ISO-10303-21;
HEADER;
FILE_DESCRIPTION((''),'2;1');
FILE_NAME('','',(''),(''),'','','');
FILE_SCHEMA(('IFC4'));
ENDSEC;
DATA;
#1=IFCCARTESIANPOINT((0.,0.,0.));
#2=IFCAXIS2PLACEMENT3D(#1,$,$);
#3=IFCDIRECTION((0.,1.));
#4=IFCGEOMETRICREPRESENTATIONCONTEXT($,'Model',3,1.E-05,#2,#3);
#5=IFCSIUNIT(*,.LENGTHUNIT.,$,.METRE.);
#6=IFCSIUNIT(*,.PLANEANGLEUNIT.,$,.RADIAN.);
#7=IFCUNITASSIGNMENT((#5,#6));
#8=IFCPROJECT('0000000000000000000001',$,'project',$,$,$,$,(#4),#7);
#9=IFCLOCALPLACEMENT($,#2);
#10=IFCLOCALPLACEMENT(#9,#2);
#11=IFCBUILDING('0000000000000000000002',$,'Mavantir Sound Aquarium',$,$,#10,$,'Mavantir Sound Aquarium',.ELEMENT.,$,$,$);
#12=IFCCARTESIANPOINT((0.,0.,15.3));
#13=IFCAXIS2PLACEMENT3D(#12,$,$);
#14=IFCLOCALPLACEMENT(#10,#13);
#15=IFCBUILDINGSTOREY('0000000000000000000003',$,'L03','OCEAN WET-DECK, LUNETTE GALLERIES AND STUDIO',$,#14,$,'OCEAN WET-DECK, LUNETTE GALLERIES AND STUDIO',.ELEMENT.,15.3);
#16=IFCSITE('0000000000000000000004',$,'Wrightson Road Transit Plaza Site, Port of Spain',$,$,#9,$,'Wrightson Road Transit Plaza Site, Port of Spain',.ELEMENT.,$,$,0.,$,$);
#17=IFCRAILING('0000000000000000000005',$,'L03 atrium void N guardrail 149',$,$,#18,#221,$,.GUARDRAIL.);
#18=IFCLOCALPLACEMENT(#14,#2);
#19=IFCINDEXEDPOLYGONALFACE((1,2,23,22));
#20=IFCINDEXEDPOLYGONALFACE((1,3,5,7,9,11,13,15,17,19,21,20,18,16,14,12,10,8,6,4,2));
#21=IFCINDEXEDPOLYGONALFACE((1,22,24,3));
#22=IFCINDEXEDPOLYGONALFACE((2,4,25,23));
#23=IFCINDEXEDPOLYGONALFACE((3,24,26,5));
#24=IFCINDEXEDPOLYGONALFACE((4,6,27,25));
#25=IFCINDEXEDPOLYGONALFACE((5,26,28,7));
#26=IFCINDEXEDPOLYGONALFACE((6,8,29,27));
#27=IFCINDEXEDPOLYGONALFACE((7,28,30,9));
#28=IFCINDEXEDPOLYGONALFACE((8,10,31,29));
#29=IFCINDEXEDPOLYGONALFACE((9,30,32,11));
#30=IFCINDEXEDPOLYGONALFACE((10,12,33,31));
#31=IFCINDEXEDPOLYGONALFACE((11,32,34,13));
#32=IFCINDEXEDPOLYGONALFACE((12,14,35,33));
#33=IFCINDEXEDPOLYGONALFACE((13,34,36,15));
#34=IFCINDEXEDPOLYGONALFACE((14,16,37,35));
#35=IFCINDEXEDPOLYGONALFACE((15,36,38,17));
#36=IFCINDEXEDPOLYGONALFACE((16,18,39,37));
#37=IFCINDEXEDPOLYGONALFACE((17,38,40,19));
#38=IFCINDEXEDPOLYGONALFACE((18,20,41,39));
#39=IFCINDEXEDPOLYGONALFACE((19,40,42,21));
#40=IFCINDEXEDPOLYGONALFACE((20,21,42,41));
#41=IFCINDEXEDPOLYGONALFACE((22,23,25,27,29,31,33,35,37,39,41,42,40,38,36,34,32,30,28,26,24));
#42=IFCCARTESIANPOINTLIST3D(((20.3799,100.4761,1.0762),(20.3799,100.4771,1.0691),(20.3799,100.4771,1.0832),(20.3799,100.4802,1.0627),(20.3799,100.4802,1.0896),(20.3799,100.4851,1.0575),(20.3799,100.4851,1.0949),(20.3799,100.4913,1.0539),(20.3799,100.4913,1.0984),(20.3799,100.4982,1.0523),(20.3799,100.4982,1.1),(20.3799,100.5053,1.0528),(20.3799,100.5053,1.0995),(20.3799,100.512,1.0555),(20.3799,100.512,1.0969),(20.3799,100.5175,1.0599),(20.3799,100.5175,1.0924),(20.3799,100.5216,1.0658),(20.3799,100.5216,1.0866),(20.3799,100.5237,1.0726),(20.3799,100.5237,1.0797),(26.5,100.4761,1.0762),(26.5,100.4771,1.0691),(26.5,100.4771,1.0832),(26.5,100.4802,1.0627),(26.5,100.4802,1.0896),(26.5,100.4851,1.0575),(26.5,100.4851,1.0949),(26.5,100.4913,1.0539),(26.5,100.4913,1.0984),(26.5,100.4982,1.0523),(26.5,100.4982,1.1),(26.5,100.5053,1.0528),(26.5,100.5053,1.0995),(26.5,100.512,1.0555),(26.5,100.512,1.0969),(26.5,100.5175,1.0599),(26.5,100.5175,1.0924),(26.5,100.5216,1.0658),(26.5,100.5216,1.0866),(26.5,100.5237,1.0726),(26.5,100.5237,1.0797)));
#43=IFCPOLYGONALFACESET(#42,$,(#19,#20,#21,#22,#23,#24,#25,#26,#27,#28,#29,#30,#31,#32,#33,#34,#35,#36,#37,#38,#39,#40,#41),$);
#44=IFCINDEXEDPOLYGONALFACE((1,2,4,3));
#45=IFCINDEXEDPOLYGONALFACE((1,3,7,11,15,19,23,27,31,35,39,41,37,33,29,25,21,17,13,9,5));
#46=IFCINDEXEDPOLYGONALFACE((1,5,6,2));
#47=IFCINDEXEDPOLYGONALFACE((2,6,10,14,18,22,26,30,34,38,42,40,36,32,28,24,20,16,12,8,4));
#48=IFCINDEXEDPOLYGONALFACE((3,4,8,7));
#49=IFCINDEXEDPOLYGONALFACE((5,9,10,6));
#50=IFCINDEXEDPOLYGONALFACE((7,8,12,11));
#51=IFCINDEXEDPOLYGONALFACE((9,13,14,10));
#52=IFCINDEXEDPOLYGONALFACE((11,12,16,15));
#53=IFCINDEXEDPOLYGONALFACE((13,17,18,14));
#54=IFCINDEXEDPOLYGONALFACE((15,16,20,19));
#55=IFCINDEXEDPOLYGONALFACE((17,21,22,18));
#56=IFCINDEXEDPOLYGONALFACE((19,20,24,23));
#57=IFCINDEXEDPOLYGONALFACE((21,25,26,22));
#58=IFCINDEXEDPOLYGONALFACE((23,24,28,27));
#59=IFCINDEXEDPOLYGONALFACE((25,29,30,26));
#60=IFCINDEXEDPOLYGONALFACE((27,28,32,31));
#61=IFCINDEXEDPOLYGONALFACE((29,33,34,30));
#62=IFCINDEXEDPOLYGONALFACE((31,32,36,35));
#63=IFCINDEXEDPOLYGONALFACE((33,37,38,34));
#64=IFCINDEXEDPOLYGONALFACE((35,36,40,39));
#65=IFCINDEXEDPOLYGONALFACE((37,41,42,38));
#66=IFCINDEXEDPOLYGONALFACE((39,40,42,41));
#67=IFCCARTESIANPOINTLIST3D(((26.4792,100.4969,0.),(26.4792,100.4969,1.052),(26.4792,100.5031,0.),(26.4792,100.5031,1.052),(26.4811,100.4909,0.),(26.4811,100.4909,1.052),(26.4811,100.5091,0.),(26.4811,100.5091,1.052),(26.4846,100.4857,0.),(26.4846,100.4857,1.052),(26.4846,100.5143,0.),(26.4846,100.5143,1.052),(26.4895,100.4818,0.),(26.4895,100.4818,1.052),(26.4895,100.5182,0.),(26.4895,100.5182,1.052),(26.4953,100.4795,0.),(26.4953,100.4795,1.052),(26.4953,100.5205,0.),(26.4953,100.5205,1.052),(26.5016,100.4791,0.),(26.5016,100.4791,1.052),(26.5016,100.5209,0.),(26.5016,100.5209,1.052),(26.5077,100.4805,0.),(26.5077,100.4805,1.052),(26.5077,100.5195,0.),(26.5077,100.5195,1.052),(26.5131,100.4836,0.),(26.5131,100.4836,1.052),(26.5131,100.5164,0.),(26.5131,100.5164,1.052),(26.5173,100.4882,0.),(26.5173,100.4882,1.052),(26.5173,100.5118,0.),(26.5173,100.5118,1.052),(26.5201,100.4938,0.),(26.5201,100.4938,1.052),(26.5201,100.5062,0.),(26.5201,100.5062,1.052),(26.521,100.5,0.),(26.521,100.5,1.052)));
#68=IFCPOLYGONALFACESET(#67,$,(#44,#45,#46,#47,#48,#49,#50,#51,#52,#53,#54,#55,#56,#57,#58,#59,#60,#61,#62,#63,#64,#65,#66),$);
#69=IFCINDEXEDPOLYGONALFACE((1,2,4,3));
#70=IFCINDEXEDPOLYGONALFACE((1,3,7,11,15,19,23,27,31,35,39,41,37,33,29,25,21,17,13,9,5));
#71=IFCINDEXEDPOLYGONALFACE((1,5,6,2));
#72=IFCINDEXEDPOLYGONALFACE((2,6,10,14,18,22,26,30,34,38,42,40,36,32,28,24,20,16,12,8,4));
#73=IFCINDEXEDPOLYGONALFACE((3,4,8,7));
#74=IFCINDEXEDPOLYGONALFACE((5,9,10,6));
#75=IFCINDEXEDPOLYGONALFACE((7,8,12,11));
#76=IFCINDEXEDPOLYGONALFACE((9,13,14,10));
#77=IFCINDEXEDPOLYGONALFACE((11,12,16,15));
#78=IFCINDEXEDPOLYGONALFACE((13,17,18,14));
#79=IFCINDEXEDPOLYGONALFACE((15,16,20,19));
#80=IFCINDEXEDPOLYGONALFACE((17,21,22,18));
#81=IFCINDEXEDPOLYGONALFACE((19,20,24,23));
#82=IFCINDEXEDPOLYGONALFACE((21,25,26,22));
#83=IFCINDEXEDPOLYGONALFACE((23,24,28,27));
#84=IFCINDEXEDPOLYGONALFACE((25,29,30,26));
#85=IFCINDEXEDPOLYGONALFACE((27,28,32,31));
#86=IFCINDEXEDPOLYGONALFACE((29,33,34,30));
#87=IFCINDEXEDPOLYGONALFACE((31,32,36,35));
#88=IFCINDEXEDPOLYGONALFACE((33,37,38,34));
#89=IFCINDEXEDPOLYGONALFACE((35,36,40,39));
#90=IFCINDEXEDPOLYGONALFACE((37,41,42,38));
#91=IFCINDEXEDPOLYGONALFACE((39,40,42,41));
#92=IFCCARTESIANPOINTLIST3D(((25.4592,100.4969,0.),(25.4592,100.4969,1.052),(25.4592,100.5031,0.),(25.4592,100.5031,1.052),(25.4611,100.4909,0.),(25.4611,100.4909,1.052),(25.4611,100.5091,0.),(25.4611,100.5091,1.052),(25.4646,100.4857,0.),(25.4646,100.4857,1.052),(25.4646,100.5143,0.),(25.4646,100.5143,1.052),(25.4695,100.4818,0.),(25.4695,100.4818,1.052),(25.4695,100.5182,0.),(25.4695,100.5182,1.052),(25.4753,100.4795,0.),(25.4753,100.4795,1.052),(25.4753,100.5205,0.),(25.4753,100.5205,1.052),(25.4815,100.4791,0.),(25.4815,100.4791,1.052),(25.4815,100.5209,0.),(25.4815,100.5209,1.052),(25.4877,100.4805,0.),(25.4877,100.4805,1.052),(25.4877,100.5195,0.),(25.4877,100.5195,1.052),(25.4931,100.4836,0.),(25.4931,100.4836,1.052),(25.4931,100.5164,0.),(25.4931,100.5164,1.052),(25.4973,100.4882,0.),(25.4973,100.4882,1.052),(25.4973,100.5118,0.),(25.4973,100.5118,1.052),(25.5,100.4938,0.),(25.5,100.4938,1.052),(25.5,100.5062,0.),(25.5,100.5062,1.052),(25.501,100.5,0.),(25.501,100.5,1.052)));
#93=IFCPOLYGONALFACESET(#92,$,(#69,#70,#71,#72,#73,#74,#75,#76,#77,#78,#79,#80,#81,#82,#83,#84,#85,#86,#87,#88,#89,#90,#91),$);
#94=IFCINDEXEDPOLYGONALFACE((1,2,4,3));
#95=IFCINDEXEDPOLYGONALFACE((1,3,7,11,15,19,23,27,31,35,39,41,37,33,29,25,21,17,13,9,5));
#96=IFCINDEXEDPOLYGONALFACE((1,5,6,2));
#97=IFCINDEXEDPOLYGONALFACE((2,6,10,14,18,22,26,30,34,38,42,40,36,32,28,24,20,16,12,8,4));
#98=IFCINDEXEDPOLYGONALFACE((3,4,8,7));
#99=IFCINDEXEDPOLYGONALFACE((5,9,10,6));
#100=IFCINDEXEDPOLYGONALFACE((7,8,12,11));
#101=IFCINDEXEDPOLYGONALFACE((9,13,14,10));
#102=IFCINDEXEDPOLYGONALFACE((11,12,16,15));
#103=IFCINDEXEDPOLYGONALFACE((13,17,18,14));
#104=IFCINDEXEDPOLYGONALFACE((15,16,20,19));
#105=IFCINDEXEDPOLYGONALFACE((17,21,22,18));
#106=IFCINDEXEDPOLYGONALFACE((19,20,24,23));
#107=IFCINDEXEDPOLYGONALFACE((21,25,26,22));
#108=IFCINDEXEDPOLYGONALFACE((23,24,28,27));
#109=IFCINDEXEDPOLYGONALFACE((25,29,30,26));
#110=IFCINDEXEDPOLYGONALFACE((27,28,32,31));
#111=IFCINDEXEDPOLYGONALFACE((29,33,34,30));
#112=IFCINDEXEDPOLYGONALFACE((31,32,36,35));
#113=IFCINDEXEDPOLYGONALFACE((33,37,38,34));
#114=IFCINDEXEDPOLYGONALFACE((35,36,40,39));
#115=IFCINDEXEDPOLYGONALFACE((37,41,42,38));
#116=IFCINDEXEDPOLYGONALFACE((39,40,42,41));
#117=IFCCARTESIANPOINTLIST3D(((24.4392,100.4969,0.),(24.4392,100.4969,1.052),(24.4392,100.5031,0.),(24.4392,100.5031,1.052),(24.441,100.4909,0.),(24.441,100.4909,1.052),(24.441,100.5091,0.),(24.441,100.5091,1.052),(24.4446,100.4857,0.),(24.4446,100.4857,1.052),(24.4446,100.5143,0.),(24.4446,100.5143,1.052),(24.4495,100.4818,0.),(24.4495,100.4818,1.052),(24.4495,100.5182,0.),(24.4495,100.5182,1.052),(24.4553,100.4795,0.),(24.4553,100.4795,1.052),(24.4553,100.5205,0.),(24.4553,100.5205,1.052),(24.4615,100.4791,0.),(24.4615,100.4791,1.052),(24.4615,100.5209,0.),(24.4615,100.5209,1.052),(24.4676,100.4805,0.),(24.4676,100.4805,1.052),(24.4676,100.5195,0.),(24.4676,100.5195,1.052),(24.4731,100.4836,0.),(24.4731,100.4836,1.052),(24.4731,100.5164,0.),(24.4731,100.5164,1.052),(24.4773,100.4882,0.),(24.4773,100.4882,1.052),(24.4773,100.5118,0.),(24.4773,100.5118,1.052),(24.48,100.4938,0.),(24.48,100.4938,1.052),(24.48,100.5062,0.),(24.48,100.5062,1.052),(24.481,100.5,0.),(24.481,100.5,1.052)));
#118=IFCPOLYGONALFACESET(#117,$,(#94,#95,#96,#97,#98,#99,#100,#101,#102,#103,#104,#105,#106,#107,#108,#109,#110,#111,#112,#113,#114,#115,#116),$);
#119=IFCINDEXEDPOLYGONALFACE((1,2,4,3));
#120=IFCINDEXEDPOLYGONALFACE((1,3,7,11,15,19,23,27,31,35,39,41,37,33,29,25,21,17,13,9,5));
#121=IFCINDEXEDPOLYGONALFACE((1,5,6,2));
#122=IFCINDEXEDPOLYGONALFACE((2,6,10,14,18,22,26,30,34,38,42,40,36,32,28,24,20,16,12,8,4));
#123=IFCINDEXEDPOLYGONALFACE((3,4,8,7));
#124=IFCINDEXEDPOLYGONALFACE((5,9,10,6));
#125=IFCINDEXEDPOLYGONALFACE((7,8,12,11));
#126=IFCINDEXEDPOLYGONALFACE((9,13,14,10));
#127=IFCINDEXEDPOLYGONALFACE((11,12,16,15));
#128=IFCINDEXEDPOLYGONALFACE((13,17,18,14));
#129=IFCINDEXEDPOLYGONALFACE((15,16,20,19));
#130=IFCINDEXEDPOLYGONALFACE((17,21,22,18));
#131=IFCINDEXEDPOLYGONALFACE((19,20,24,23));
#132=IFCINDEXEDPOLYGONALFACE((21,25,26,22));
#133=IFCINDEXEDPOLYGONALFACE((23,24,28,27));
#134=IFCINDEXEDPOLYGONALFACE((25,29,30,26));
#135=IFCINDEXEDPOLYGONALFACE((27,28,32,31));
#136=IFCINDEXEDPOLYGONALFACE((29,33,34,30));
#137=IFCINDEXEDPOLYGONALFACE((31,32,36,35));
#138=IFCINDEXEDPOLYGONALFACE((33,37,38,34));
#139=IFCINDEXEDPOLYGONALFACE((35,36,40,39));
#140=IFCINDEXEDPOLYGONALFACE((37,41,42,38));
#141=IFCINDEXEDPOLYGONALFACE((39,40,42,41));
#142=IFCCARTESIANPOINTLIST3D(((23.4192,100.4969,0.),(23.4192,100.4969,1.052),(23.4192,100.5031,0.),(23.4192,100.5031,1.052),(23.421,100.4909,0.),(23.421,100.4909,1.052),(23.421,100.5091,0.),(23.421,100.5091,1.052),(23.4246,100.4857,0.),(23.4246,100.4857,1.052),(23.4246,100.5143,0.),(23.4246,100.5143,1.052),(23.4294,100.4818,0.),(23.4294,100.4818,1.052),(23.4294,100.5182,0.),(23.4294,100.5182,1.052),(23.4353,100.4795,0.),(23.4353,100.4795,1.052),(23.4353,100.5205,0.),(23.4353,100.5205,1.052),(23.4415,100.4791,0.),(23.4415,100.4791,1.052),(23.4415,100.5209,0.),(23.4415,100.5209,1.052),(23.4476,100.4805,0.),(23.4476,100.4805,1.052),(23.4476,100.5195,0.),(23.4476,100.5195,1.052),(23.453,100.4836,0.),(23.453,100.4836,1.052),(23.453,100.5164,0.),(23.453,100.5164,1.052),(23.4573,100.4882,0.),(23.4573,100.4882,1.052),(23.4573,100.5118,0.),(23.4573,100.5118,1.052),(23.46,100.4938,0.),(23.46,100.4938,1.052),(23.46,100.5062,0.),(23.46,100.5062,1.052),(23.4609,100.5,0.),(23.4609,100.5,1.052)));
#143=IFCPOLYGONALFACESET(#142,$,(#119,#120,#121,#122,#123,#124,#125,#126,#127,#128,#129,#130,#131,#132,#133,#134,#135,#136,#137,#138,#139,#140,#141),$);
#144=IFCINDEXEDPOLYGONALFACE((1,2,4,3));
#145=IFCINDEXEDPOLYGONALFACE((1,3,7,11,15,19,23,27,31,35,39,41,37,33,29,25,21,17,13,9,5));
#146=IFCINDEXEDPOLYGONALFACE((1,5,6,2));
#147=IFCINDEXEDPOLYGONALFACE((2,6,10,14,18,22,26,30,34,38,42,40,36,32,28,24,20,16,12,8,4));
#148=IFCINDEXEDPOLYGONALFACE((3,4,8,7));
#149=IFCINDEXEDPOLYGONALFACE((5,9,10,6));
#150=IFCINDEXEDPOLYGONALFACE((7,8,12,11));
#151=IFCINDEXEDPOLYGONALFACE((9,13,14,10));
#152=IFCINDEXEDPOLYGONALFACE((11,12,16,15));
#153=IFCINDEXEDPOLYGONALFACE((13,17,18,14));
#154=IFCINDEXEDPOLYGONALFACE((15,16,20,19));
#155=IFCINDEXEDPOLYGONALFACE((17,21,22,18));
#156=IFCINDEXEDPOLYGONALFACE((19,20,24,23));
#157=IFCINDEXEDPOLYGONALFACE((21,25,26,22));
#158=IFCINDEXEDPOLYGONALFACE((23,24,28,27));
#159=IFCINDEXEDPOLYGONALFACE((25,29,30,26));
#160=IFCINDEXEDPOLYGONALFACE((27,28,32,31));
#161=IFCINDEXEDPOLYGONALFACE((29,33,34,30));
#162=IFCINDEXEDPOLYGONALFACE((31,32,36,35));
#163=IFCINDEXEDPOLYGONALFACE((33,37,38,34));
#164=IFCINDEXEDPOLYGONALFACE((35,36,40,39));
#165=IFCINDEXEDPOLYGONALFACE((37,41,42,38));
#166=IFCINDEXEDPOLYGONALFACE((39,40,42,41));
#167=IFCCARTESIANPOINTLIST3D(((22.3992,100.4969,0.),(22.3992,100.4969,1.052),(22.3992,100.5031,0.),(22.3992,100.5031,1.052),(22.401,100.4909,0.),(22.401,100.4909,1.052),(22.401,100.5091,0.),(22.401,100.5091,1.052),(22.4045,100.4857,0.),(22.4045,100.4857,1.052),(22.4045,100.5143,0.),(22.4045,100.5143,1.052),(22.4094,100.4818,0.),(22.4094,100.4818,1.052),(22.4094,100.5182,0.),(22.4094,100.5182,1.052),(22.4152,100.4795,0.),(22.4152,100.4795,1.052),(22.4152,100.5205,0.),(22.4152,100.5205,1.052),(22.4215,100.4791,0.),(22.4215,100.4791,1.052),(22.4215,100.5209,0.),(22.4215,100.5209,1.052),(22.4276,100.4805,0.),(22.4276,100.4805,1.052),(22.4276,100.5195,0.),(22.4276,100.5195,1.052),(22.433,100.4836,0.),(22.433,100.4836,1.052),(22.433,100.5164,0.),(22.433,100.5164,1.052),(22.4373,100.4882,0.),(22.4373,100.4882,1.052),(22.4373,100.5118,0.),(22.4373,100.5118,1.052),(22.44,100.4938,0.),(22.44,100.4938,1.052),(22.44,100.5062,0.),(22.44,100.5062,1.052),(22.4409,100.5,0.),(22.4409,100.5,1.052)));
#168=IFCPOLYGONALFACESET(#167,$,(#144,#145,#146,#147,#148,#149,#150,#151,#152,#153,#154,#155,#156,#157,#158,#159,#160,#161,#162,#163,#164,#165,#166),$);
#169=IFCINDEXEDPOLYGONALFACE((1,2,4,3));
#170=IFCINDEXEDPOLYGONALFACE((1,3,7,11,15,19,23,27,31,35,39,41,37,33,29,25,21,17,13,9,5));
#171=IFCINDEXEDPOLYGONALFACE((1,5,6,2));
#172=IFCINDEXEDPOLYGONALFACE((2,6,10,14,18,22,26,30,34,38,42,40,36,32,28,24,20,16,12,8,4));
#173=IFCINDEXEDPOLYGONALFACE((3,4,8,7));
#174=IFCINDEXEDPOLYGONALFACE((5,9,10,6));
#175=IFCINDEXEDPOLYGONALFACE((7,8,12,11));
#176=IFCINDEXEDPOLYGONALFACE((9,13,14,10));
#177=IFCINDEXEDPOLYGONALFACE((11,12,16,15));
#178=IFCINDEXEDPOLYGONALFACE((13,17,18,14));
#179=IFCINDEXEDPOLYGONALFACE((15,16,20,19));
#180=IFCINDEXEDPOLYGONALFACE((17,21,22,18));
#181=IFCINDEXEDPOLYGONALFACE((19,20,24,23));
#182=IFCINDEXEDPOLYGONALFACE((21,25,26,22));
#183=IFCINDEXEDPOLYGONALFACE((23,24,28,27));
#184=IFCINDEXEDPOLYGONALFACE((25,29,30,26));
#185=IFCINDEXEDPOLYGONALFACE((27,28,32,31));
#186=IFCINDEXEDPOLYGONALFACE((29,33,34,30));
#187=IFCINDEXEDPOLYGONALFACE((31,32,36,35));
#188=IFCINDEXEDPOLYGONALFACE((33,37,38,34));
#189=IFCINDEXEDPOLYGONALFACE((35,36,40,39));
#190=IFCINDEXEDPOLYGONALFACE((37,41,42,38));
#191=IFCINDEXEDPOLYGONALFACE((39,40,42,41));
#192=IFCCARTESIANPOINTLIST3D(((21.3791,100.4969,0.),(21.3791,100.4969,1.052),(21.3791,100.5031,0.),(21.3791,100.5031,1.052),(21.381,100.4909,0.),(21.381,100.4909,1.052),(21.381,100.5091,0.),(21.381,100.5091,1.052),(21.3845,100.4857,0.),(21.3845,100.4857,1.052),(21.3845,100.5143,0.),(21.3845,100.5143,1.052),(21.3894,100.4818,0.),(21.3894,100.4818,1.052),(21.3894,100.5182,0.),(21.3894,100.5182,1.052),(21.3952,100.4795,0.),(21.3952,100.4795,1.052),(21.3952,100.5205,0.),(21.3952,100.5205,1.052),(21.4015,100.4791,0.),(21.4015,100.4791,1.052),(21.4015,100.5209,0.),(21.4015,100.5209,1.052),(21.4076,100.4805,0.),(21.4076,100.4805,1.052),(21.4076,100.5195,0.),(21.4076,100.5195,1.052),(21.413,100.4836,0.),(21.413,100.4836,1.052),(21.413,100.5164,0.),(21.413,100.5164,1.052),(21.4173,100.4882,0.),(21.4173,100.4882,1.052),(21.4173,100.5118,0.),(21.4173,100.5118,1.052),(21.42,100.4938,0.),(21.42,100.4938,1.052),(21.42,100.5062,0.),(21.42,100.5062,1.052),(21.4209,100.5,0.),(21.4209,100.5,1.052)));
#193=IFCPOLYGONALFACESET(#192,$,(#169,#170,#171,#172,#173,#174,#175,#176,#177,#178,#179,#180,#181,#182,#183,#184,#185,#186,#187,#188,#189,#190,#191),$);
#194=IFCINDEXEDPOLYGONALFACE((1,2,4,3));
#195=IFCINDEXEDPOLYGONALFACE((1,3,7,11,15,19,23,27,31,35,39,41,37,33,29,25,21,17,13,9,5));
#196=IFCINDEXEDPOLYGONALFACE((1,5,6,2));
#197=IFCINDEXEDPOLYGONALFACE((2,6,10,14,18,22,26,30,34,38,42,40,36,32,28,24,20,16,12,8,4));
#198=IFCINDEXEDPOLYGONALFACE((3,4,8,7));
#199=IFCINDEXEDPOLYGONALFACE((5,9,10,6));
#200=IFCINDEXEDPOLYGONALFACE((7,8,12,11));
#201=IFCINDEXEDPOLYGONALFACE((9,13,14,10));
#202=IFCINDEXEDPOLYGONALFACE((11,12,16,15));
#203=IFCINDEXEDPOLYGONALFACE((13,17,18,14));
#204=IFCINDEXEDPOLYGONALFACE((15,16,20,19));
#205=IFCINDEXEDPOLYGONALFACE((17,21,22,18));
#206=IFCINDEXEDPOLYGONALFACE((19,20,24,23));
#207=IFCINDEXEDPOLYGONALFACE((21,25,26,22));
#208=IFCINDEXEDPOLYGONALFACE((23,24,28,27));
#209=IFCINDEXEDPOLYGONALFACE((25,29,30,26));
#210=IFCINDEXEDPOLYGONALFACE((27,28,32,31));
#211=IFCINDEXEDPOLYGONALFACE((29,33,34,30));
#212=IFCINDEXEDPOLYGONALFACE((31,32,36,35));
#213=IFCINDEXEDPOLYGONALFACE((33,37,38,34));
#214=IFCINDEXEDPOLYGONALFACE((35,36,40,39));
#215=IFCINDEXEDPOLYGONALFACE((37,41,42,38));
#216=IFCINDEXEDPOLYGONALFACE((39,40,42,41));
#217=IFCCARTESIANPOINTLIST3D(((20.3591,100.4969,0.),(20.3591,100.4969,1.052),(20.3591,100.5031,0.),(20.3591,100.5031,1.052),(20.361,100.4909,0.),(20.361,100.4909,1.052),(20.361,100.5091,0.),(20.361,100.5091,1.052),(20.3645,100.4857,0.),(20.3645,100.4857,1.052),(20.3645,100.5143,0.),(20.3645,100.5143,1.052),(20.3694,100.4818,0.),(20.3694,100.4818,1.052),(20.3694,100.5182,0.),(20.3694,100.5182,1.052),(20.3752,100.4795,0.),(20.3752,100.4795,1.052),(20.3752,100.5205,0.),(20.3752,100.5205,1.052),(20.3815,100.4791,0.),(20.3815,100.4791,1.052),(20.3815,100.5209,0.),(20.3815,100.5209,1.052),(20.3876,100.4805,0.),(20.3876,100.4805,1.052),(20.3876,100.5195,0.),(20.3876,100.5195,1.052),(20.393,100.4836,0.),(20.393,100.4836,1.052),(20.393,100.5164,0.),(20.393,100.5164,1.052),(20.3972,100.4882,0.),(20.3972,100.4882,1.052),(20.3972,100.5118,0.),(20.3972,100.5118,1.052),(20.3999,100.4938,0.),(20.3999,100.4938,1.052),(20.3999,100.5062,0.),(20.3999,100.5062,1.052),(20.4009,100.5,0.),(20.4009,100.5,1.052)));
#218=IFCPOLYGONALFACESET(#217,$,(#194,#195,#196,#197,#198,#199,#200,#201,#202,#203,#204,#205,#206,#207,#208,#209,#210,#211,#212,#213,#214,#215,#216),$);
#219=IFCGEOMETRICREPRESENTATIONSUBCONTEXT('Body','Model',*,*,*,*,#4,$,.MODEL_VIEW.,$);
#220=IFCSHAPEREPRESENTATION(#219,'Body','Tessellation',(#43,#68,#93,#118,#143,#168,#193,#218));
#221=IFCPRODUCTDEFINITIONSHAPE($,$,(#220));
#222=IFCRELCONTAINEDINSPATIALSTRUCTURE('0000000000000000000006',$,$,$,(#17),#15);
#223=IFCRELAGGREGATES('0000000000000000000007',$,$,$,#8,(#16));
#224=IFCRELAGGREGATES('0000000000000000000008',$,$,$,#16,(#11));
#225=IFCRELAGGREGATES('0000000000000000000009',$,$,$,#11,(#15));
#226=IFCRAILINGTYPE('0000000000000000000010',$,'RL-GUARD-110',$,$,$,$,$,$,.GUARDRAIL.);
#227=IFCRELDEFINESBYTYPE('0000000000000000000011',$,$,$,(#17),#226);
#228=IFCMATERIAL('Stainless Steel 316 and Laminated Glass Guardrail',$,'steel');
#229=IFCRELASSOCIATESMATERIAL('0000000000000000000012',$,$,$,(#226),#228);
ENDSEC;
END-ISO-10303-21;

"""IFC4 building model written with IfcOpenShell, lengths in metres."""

from ifc_helpers import new_model, si_unit, direction, frame, origin, origin_2d, place, context, subcontext, project, spatial, circle, extrude, material, type_object, element, save


model = new_model("IFC4")

# Units and contexts
model_context = context("Model", 3, precision=1e-05, world=origin(), true_north=direction((0.0, 1.0)))
body_context = subcontext(model_context, "Body", "Model", "MODEL_VIEW")
ifc_project = project(units=[si_unit("LENGTHUNIT", "METRE"), si_unit("PLANEANGLEUNIT", "RADIAN")], contexts=[model_context])

# Site, building, storey
site_placement = place(None, origin())
site = spatial("IfcSite", under=ifc_project, at=site_placement, Name="Wrightson Road Transit Plaza Site, Port of Spain", LongName="Wrightson Road Transit Plaza Site, Port of Spain", CompositionType="ELEMENT", RefElevation=0.0)
building_placement = place(site_placement, origin())
building = spatial("IfcBuilding", under=site, at=building_placement, Name="Mavantir Sound Aquarium", LongName="Mavantir Sound Aquarium", CompositionType="ELEMENT")
storey_placement = place(building_placement, frame((0.0, 0.0, 15.3)))
storey = spatial("IfcBuildingStorey", under=building, at=storey_placement, Name="L03", Description="OCEAN WET-DECK, LUNETTE GALLERIES AND STUDIO", LongName="OCEAN WET-DECK, LUNETTE GALLERIES AND STUDIO", CompositionType="ELEMENT", Elevation=15.3)

# Railing
ifc_material_1 = material(Name="Stainless Steel 316 and Laminated Glass Guardrail", Category="steel")
railing_type_1 = type_object("IfcRailingType", Name="RL-GUARD-110", PredefinedType="GUARDRAIL", material=ifc_material_1)
railing_1_placement = place(storey_placement, frame((26.5, 100.5, 0.0)))
element("IfcRailing", 1, at=railing_1_placement, inside=storey, type_object=railing_type_1, Name="L03 atrium void N guardrail 149", PredefinedType="GUARDRAIL", context=body_context, shape_type="SweptSolid", body=[
    extrude(circle(Radius=0.0239, at=origin_2d()), frame((0.0, 0.0, 1.0762), z_axis=(-1.0, 0.0, 0.0), x_axis=(0.0, -1.0, 0.0)), (0.0, 0.0, 1.0), 6.1201),
    extrude(circle(Radius=0.021, at=origin_2d()), origin(), (0.0, 0.0, 1.0), 1.052),
    extrude(circle(Radius=0.021, at=origin_2d()), frame((-1.02, 0.0, 0.0)), (0.0, 0.0, 1.0), 1.052),
    extrude(circle(Radius=0.021, at=origin_2d()), frame((-2.04, 0.0, 0.0)), (0.0, 0.0, 1.0), 1.052),
    extrude(circle(Radius=0.021, at=origin_2d()), frame((-3.0601, 0.0, 0.0)), (0.0, 0.0, 1.0), 1.052),
    extrude(circle(Radius=0.021, at=origin_2d()), frame((-4.0801, 0.0, 0.0)), (0.0, 0.0, 1.0), 1.052),
    extrude(circle(Radius=0.021, at=origin_2d()), frame((-5.1001, 0.0, 0.0)), (0.0, 0.0, 1.0), 1.052),
    extrude(circle(Radius=0.021, at=origin_2d()), frame((-6.1201, 0.0, 0.0)), (0.0, 0.0, 1.0), 1.052),
])

save(model, "model.ifc")
